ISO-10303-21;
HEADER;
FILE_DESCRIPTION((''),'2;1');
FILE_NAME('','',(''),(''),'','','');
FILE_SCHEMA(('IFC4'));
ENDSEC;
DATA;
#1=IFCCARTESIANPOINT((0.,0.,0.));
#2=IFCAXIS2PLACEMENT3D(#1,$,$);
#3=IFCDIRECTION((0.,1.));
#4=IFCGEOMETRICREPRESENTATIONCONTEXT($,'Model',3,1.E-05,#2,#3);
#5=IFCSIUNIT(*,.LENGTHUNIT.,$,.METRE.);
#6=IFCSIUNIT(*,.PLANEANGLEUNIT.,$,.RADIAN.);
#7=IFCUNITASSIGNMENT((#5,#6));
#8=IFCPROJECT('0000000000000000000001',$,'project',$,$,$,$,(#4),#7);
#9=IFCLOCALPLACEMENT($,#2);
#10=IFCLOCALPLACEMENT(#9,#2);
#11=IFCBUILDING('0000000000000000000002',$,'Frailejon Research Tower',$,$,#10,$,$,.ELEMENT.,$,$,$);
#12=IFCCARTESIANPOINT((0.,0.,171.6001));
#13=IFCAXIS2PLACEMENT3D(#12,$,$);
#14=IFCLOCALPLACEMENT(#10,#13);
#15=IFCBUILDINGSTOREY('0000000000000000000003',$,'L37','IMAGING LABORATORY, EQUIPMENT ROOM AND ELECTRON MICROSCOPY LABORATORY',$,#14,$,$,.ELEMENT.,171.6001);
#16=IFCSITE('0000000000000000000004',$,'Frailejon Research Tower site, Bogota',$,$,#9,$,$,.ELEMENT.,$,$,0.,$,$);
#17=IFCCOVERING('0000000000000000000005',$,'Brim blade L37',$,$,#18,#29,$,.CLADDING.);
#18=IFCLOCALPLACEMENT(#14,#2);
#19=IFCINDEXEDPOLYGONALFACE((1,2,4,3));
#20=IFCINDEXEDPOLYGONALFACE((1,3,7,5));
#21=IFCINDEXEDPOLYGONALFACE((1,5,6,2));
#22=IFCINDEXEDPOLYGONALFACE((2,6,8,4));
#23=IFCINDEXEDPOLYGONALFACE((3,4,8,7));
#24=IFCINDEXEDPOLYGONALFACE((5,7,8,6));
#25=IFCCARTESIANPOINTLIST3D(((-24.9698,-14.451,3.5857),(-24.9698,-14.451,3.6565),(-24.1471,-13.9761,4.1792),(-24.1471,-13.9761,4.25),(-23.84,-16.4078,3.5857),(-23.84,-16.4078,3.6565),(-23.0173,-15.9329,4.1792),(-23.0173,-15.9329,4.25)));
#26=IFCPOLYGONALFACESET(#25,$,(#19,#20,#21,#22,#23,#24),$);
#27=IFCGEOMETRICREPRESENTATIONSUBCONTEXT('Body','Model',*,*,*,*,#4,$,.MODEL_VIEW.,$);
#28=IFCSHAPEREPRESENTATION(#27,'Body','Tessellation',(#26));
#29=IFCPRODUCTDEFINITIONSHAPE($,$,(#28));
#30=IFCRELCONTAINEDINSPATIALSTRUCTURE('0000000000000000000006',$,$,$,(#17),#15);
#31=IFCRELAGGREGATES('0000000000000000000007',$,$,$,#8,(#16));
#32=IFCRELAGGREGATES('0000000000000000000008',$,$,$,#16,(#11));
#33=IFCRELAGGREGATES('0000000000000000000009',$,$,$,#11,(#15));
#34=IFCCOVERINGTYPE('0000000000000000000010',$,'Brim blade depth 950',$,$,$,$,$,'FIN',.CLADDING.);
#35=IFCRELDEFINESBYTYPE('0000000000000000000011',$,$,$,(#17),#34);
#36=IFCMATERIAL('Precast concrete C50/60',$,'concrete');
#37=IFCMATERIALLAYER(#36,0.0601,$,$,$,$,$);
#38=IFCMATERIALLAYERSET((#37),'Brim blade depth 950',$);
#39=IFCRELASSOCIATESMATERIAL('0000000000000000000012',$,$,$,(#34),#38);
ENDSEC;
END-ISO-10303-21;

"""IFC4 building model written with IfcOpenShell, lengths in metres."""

from ifc_helpers import new_model, si_unit, direction, frame, origin, place, context, subcontext, project, spatial, polyline, outline, extrude, material, layer, layer_set, type_object, element, save


model = new_model("IFC4")

# Units and contexts
model_context = context("Model", 3, precision=1e-05, world=origin(), true_north=direction((0.0, 1.0)))
body_context = subcontext(model_context, "Body", "Model", "MODEL_VIEW")
ifc_project = project(units=[si_unit("LENGTHUNIT", "METRE"), si_unit("PLANEANGLEUNIT", "RADIAN")], contexts=[model_context])

# Site, building, storey
site_placement = place(None, origin())
site = spatial("IfcSite", under=ifc_project, at=site_placement, Name="Frailejon Research Tower site, Bogota", CompositionType="ELEMENT", RefElevation=0.0)
building_placement = place(site_placement, origin())
building = spatial("IfcBuilding", under=site, at=building_placement, Name="Frailejon Research Tower", CompositionType="ELEMENT")
storey_placement = place(building_placement, frame((0.0, 0.0, 171.6001)))
storey = spatial("IfcBuildingStorey", under=building, at=storey_placement, Name="L37", Description="IMAGING LABORATORY, EQUIPMENT ROOM AND ELECTRON MICROSCOPY LABORATORY", CompositionType="ELEMENT", Elevation=171.6001)

# Covering
ifc_material_1 = material(Name="Precast concrete C50/60", Category="concrete")
ifc_layer_1 = layer(ifc_material_1, 0.0601)
ifc_layer_set_1 = layer_set([ifc_layer_1], Name="Brim blade depth 950")
covering_type_1 = type_object("IfcCoveringType", Name="Brim blade depth 950", ElementType="FIN", PredefinedType="CLADDING", material=ifc_layer_set_1)
for number, where, z_axis, x_axis, name in (
    (1, (-23.0173, -15.9329, 4.25), (-0.499994, 0.866029, 0.0), (-0.866029, -0.499994, 0.0), "Brim blade L37"),
):
    element("IfcCovering", number, at=place(storey_placement, frame(where, z_axis=z_axis, x_axis=x_axis)), inside=storey, type_object=covering_type_1, Name=name, PredefinedType="CLADDING", context=body_context, shape_type="SweptSolid", body=[
        extrude(outline(polyline([(0.0, -0.0708), (0.95, -0.6643), (0.95, -0.5935), (0.0, 0.0), (0.0, -0.0708)])), origin(), (0.0, 0.0, 1.0), 2.2595),
    ])

save(model, "model.ifc")
